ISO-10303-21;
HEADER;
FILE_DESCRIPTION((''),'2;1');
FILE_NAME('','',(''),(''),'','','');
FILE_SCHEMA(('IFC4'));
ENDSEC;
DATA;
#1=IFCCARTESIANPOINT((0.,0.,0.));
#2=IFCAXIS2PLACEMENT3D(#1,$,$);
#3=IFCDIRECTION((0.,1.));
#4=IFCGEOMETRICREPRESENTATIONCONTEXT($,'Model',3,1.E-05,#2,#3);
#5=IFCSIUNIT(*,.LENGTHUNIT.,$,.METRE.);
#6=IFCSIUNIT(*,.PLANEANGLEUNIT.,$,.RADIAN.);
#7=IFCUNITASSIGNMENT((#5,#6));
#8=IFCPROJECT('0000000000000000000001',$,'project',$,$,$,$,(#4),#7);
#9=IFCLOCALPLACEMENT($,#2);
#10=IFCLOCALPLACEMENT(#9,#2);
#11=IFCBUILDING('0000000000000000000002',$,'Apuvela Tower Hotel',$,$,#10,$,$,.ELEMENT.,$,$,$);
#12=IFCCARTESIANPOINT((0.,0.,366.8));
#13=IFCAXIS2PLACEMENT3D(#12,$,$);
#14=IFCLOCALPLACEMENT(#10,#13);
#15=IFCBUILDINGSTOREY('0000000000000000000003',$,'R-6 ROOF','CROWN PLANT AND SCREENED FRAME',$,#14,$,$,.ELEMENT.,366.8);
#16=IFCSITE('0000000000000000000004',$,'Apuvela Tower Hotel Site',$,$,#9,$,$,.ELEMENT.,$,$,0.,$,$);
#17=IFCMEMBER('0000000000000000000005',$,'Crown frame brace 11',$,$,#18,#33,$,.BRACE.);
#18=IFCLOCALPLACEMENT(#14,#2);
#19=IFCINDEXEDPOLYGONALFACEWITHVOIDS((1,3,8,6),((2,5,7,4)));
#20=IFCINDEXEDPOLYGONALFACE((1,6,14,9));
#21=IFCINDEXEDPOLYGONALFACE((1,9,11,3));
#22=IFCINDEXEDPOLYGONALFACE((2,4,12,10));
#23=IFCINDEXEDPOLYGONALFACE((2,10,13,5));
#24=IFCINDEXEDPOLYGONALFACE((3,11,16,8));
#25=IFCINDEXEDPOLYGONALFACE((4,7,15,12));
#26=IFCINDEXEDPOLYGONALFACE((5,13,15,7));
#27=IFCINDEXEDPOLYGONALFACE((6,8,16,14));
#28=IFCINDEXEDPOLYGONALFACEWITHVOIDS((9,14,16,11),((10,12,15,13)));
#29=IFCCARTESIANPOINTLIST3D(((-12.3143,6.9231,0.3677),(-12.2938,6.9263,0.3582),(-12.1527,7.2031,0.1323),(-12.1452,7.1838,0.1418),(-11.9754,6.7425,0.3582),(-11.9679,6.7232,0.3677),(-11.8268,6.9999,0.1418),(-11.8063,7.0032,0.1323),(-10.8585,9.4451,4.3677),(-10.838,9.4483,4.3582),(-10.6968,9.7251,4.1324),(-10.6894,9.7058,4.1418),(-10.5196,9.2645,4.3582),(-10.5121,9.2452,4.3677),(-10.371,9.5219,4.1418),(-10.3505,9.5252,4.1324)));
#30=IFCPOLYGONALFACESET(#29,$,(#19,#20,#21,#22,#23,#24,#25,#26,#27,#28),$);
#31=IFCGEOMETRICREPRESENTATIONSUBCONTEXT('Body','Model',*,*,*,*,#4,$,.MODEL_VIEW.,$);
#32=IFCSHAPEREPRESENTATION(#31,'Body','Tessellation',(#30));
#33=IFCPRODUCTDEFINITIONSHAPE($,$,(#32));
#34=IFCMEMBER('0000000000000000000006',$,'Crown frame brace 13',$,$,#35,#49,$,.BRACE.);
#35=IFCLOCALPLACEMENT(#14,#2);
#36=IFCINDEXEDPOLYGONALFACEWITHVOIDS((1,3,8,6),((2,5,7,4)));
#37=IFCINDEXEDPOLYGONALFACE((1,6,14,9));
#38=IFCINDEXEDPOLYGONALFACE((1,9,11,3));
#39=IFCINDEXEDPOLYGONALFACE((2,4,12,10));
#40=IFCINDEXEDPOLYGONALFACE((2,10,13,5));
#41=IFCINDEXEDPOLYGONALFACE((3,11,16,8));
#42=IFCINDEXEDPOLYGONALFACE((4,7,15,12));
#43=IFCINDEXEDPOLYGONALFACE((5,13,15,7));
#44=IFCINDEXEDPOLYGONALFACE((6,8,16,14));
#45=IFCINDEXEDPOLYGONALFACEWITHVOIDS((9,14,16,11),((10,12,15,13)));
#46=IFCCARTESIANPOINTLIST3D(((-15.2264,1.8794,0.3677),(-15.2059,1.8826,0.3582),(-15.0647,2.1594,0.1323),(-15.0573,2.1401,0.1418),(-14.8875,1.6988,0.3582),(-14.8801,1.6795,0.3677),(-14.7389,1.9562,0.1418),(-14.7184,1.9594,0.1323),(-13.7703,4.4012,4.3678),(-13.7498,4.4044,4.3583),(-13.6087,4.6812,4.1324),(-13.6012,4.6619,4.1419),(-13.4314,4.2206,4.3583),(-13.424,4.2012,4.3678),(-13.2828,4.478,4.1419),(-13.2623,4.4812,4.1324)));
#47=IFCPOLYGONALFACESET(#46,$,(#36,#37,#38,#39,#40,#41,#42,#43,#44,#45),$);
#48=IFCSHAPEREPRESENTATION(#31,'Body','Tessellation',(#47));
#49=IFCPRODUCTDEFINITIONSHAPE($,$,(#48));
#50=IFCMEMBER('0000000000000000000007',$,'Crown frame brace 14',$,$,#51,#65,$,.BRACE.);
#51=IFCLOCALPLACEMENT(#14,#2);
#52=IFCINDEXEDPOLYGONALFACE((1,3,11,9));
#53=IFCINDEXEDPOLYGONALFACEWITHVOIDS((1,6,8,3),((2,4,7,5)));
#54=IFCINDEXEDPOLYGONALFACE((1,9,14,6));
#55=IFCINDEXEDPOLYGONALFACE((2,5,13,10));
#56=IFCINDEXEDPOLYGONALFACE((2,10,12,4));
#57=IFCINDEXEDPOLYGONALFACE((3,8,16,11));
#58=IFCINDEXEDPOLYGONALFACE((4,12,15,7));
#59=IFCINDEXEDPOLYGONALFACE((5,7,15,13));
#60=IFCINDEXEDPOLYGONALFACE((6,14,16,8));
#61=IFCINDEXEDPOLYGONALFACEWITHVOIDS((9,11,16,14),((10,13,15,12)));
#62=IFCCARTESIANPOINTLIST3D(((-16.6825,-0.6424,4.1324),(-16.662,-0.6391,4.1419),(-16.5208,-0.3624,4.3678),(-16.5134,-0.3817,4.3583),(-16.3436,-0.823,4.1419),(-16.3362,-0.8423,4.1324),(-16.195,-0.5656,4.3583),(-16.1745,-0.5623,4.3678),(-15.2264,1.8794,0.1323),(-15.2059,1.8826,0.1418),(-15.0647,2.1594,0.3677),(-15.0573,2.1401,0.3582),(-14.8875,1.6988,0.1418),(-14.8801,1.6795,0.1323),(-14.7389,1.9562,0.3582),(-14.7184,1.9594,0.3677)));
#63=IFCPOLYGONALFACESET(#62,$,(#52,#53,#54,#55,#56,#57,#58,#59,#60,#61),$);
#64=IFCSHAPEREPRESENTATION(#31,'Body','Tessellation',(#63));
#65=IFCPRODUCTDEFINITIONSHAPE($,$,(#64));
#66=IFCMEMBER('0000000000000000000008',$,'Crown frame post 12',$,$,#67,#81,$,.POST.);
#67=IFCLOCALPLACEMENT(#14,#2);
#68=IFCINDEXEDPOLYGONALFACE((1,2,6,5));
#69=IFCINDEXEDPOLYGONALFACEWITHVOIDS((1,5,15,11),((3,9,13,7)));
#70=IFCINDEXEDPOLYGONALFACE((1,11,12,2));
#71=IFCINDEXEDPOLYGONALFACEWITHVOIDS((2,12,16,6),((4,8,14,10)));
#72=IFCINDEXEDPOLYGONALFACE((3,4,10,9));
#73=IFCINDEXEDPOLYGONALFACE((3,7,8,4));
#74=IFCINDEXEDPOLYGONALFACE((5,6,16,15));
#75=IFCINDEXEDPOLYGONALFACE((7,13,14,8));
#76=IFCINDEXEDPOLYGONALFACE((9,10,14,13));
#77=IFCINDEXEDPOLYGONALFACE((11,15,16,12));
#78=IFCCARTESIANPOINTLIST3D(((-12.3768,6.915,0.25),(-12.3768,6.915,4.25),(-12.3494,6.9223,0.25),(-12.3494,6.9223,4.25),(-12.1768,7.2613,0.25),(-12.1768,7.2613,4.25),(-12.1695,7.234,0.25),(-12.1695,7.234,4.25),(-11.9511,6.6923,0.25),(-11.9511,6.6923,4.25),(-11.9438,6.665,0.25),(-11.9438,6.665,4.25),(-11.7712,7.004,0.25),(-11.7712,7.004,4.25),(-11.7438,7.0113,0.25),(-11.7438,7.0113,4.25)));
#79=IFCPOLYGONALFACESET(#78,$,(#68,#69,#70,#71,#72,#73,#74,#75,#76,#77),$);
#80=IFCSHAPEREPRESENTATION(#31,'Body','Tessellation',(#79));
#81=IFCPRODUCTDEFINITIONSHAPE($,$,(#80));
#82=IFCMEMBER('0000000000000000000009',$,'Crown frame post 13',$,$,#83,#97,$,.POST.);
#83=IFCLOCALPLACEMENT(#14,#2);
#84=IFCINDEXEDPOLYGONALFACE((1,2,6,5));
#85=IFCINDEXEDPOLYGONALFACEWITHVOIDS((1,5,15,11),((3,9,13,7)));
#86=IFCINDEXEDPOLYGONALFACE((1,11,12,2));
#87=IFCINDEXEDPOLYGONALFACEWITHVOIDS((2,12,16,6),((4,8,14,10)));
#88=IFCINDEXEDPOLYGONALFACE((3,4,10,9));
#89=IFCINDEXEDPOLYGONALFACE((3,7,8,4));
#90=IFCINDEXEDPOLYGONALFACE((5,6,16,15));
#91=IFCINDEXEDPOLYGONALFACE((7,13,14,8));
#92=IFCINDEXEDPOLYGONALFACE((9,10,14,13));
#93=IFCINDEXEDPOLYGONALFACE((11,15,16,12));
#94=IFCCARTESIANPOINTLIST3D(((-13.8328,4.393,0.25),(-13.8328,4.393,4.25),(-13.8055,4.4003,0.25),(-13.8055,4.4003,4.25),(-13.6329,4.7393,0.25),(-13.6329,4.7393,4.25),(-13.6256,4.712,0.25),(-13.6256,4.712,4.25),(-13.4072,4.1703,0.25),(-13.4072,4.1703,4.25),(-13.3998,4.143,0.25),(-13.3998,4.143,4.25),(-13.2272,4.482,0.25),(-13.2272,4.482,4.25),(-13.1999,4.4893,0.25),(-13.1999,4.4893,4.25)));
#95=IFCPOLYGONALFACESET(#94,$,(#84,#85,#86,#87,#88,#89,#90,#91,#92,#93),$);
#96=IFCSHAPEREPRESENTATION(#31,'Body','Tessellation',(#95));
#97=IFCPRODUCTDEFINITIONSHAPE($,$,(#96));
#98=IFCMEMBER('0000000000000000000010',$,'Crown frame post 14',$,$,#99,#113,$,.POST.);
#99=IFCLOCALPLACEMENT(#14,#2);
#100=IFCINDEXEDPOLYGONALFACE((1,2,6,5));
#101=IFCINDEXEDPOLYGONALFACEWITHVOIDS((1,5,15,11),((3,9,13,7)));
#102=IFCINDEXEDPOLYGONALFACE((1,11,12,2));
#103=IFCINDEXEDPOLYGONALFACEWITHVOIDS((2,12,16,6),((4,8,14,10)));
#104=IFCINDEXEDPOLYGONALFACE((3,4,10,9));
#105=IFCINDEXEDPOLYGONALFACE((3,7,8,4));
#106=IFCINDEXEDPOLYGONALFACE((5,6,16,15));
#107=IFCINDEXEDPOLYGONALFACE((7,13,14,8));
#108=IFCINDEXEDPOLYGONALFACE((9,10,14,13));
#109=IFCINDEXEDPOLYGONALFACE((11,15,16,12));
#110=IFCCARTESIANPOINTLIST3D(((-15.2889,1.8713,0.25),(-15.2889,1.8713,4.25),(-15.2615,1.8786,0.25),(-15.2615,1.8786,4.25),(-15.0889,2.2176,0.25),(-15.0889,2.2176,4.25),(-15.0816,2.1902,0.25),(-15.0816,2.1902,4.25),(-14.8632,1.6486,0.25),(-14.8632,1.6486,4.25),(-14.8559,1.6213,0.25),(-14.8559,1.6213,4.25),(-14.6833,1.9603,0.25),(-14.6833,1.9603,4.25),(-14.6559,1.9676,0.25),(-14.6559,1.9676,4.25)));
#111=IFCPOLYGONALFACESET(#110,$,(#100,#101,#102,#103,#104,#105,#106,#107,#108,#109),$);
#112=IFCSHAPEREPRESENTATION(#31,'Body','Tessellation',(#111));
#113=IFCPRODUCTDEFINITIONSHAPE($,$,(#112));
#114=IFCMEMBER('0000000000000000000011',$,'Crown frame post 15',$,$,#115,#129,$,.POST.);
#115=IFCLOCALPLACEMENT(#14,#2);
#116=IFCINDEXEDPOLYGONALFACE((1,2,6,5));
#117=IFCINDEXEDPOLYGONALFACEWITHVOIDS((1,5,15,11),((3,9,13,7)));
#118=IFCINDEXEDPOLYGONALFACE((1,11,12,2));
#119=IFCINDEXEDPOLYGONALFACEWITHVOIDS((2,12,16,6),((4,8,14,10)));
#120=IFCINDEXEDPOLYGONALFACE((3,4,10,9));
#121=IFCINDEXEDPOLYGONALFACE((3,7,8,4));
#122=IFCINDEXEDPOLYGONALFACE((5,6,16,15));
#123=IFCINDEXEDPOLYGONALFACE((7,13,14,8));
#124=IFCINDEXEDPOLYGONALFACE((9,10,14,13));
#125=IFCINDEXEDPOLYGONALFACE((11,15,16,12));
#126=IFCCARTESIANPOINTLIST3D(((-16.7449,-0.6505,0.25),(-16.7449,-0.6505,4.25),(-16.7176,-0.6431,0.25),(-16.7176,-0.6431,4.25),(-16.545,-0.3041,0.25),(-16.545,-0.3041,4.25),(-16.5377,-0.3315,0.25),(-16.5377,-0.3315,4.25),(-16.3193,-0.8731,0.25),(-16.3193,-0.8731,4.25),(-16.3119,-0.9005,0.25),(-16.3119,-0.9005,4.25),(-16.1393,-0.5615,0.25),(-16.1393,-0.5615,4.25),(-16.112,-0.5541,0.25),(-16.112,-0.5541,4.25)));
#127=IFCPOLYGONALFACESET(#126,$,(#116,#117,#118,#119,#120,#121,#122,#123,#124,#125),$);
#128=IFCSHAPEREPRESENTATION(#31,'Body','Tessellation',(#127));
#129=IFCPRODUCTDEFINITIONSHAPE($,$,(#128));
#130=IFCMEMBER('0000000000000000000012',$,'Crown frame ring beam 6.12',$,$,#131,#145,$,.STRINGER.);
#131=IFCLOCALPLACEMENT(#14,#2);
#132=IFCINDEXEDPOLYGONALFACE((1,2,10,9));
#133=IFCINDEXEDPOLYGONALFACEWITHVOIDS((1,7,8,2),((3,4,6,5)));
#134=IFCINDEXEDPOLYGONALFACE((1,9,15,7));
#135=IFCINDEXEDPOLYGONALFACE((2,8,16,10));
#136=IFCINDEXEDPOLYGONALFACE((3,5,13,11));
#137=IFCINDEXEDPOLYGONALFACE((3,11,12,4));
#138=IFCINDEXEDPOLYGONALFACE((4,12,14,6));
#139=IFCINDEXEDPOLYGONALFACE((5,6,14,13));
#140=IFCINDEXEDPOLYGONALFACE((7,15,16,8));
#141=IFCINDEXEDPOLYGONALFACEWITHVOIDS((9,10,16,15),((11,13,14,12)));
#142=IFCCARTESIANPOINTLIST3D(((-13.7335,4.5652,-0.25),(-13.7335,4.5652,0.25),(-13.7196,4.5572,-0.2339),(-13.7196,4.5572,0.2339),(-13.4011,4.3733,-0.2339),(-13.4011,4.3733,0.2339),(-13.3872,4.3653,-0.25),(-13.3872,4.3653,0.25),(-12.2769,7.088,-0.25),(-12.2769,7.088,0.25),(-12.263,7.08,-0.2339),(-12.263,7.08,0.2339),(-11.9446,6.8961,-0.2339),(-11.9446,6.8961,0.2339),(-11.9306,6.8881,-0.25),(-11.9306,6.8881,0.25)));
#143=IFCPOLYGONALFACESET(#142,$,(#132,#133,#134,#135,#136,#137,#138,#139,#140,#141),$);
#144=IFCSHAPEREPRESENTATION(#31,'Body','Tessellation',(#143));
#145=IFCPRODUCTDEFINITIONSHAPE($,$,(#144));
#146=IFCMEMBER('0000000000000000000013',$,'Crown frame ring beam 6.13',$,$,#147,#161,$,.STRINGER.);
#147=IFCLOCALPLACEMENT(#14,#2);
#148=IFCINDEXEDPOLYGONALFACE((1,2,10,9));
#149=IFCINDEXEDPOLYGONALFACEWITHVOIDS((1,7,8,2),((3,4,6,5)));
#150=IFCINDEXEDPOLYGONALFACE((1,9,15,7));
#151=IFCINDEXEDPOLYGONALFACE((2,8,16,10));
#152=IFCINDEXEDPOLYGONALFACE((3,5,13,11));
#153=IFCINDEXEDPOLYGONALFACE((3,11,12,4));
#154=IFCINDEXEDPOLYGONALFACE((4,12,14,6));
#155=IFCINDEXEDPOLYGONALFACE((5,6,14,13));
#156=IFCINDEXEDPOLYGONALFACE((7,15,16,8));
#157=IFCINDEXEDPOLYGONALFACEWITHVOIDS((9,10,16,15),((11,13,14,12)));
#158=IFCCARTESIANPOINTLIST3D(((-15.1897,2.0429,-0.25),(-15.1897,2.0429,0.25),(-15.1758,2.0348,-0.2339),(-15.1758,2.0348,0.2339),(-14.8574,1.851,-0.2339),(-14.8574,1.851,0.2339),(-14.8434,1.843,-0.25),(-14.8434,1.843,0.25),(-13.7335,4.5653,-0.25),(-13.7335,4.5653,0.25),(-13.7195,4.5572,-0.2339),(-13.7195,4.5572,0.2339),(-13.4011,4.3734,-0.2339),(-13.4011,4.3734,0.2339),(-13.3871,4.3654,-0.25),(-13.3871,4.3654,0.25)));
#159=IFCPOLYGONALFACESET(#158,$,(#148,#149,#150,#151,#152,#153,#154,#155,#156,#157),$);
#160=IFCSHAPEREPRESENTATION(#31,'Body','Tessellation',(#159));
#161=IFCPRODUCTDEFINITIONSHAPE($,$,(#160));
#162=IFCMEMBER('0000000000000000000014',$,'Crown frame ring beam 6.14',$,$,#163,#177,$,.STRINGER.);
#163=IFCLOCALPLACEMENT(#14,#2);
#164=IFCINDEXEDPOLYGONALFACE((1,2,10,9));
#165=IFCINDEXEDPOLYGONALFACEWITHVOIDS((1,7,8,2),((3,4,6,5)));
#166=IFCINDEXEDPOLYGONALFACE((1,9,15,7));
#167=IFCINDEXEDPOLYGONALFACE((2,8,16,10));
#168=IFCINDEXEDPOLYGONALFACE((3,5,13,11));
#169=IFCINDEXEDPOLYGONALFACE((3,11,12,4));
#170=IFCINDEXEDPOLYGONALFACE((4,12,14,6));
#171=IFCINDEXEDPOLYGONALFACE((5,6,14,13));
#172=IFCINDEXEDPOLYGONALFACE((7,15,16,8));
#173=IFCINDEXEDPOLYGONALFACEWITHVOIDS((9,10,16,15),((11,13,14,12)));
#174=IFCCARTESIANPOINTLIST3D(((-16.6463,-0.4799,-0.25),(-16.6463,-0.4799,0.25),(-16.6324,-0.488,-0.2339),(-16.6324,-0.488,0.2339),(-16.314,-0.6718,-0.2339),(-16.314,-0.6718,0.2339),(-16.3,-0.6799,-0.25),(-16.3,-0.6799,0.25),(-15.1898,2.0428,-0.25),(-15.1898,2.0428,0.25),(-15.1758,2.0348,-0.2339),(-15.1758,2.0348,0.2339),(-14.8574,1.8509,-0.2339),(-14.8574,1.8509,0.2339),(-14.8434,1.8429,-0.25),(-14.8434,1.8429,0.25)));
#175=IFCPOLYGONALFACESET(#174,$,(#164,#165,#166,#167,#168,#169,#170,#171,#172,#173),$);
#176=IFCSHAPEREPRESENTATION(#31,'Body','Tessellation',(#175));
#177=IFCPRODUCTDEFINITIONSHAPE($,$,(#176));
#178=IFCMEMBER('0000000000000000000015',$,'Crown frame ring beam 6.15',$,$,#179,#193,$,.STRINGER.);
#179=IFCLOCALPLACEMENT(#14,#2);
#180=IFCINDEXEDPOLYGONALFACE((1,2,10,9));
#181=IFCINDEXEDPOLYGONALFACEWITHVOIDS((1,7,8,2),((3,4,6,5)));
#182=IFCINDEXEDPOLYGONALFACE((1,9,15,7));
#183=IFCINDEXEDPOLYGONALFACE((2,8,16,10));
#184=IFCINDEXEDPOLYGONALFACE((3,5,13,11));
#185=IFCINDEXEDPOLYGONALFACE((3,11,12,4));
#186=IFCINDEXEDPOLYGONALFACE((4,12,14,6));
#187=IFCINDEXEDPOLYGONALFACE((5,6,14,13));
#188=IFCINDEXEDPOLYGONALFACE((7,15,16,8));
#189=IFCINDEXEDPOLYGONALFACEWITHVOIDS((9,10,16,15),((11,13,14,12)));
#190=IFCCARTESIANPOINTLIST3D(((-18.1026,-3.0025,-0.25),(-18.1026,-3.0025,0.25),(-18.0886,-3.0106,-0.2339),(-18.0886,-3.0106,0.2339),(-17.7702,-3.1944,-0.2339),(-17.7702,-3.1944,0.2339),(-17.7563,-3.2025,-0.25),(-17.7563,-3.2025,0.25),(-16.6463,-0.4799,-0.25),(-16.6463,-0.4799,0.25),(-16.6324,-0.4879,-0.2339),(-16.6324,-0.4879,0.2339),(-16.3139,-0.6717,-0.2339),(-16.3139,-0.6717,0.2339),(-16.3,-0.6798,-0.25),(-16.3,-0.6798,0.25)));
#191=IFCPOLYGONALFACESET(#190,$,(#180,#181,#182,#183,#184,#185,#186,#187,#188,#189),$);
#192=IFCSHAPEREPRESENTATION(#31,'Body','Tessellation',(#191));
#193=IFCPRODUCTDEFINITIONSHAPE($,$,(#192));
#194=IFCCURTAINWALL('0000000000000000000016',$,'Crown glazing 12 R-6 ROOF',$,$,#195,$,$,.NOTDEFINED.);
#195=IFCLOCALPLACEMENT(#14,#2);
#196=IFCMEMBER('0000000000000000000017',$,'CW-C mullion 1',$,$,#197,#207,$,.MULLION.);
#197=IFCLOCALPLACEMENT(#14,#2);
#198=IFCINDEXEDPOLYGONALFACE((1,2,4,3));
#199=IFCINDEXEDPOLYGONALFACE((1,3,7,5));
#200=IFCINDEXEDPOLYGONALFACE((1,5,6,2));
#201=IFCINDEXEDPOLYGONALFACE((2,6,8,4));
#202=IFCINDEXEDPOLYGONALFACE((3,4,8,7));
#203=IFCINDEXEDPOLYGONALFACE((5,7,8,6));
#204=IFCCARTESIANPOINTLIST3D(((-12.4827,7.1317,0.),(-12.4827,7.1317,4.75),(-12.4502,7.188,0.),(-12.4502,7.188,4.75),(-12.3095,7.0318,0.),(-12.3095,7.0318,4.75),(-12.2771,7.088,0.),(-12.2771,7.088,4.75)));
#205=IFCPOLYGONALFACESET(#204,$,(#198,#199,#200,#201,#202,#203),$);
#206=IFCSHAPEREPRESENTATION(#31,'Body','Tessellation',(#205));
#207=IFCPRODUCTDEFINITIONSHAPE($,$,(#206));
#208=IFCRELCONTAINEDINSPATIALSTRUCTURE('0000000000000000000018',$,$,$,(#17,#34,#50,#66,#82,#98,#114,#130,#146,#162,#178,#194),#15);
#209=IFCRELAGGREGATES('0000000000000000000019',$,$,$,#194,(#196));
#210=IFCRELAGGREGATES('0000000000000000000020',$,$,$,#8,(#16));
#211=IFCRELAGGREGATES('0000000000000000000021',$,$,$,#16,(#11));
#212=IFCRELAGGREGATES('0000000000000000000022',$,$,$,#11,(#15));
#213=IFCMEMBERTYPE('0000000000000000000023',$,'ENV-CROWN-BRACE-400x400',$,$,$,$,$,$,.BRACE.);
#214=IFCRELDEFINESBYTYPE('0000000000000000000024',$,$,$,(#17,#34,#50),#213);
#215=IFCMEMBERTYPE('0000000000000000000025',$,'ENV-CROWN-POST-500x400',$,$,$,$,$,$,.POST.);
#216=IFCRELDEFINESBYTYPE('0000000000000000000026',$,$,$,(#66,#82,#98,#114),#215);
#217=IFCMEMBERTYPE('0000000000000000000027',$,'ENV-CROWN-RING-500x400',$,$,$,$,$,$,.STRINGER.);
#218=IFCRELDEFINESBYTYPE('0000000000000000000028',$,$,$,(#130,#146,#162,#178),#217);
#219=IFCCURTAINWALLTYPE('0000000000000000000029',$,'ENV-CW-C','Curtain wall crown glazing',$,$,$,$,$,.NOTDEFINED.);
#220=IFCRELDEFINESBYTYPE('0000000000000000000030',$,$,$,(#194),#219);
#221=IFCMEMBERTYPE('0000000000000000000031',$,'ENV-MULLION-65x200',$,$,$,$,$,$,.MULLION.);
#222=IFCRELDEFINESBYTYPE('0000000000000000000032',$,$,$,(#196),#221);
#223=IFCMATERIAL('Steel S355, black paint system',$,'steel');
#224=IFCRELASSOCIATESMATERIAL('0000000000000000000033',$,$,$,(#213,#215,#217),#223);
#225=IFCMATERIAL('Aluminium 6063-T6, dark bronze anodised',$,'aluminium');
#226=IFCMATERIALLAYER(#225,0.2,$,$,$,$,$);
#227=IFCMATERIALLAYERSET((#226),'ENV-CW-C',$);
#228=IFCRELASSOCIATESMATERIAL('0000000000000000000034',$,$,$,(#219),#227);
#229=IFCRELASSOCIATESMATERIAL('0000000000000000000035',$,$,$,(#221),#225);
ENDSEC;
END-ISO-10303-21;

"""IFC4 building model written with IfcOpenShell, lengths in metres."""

from ifc_helpers import new_model, si_unit, direction, frame, origin, origin_2d, place, context, subcontext, project, spatial, rectangle, hollow_rectangle, extrude, material, layer, layer_set, material_profile, profile_set, type_object, element, aggregate, save


model = new_model("IFC4")

# Units and contexts
model_context = context("Model", 3, precision=1e-05, world=origin(), true_north=direction((0.0, 1.0)))
body_context = subcontext(model_context, "Body", "Model", "MODEL_VIEW")
ifc_project = project(units=[si_unit("LENGTHUNIT", "METRE"), si_unit("PLANEANGLEUNIT", "RADIAN")], contexts=[model_context])

# Site, building, storey
site_placement = place(None, origin())
site = spatial("IfcSite", under=ifc_project, at=site_placement, Name="Apuvela Tower Hotel Site", CompositionType="ELEMENT", RefElevation=0.0)
building_placement = place(site_placement, origin())
building = spatial("IfcBuilding", under=site, at=building_placement, Name="Apuvela Tower Hotel", CompositionType="ELEMENT")
storey_placement = place(building_placement, frame((0.0, 0.0, 366.8)))
storey = spatial("IfcBuildingStorey", under=building, at=storey_placement, Name="R-6 ROOF", Description="CROWN PLANT AND SCREENED FRAME", CompositionType="ELEMENT", Elevation=366.8)

# Members
ifc_material_1 = material(Name="Steel S355, black paint system", Category="steel")
ifc_material_profile_1 = material_profile(ifc_material_1, hollow_rectangle(XDim=0.3999, YDim=0.3999, WallThickness=0.0161, at=origin_2d()), Name="HSS 400x400x16")
ifc_profile_set_1 = profile_set([ifc_material_profile_1], Name="Steel S355, black paint system")
member_type_1 = type_object("IfcMemberType", Name="ENV-CROWN-BRACE-400x400", PredefinedType="BRACE", material=ifc_profile_set_1)
for number, where, z_axis, x_axis, name in (
    (1, (-12.0603, 6.9631, 0.25), (0.29424, 0.509726, 0.808457), (-0.866063, 0.499935, 0.0), "Crown frame brace 11"),
    (2, (-14.9724, 1.9194, 0.25), (0.294292, 0.509682, 0.808465), (-0.866005, 0.500035, 0.0), "Crown frame brace 13"),
    (3, (-14.9724, 1.9194, 0.25), (-0.294292, -0.509682, 0.808465), (0.866005, -0.500035, 0.0), "Crown frame brace 14"),
):
    element("IfcMember", number, at=place(storey_placement, frame(where, z_axis=z_axis, x_axis=x_axis)), inside=storey, type_object=member_type_1, Name=name, PredefinedType="BRACE", context=body_context, shape_type="SweptSolid", body=[
        extrude(hollow_rectangle(XDim=0.3999, YDim=0.3999, WallThickness=0.0161, at=origin_2d()), origin(), (0.0, 0.0, 1.0), 4.9478),
    ])
ifc_material_profile_2 = material_profile(ifc_material_1, hollow_rectangle(XDim=0.3999, YDim=0.5, WallThickness=0.02, at=origin_2d()), Name="HSS 500x400x20")
ifc_profile_set_2 = profile_set([ifc_material_profile_2], Name="Steel S355, black paint system")
member_type_2 = type_object("IfcMemberType", Name="ENV-CROWN-POST-500x400", PredefinedType="POST", material=ifc_profile_set_2)
for number, where, z_axis, x_axis, name in (
    (4, (-12.0603, 6.9631, 0.25), (0.0, 0.0, 1.0), (-0.5, -0.866025, 0.0), "Crown frame post 12"),
    (5, (-13.5164, 4.4412, 0.25), (0.0, 0.0, 1.0), (-0.5, -0.866025, 0.0), "Crown frame post 13"),
    (6, (-14.9724, 1.9194, 0.25), (0.0, 0.0, 1.0), (-0.5, -0.866025, 0.0), "Crown frame post 14"),
    (7, (-16.4285, -0.6023, 0.25), (0.0, 0.0, 1.0), (-0.5, -0.866025, 0.0), "Crown frame post 15"),
):
    element("IfcMember", number, at=place(storey_placement, frame(where, z_axis=z_axis, x_axis=x_axis)), inside=storey, type_object=member_type_2, Name=name, PredefinedType="POST", context=body_context, shape_type="SweptSolid", body=[
        extrude(hollow_rectangle(XDim=0.3999, YDim=0.5, WallThickness=0.02, at=origin_2d()), origin(), (0.0, 0.0, 1.0), 4.0),
    ])
ifc_material_profile_3 = material_profile(ifc_material_1, hollow_rectangle(XDim=0.3999, YDim=0.5, WallThickness=0.0161, at=origin_2d()), Name="HSS 500x400x16")
ifc_profile_set_3 = profile_set([ifc_material_profile_3], Name="Steel S355, black paint system")
member_type_3 = type_object("IfcMemberType", Name="ENV-CROWN-RING-500x400", PredefinedType="STRINGER", material=ifc_profile_set_3)
member_1_placement = place(storey_placement, frame((-12.1038, 6.988, 0.0), z_axis=(-0.500015, -0.866017, 0.0), x_axis=(0.866017, -0.500015, 0.0)))
element("IfcMember", 8, at=member_1_placement, inside=storey, type_object=member_type_3, Name="Crown frame ring beam 6.12", PredefinedType="STRINGER", context=body_context, shape_type="SweptSolid", body=[
    extrude(hollow_rectangle(XDim=0.3999, YDim=0.5, WallThickness=0.0161, at=origin_2d()), origin(), (0.0, 0.0, 1.0), 2.9131),
])
member_2_placement = place(storey_placement, frame((-13.5603, 4.4653, 0.0), z_axis=(-0.499988, -0.866032, 0.0), x_axis=(0.866032, -0.499988, 0.0)))
element("IfcMember", 9, at=member_2_placement, inside=storey, type_object=member_type_3, Name="Crown frame ring beam 6.13", PredefinedType="STRINGER", context=body_context, shape_type="SweptSolid", body=[
    extrude(hollow_rectangle(XDim=0.3999, YDim=0.5, WallThickness=0.0161, at=origin_2d()), origin(), (0.0, 0.0, 1.0), 2.9126),
])
member_3_placement = place(storey_placement, frame((-15.0166, 1.9429, 0.0), z_axis=(-0.500015, -0.866017, 0.0), x_axis=(0.866017, -0.500015, 0.0)))
element("IfcMember", 10, at=member_3_placement, inside=storey, type_object=member_type_3, Name="Crown frame ring beam 6.14", PredefinedType="STRINGER", context=body_context, shape_type="SweptSolid", body=[
    extrude(hollow_rectangle(XDim=0.3999, YDim=0.5, WallThickness=0.0161, at=origin_2d()), origin(), (0.0, 0.0, 1.0), 2.9131),
])
member_4_placement = place(storey_placement, frame((-16.4731, -0.5798, 0.0), z_axis=(-0.499952, -0.866053, 0.0), x_axis=(0.866053, -0.499952, 0.0)))
element("IfcMember", 11, at=member_4_placement, inside=storey, type_object=member_type_3, Name="Crown frame ring beam 6.15", PredefinedType="STRINGER", context=body_context, shape_type="SweptSolid", body=[
    extrude(hollow_rectangle(XDim=0.3999, YDim=0.5, WallThickness=0.0161, at=origin_2d()), origin(), (0.0, 0.0, 1.0), 2.9128),
])

# Curtain wall, member
ifc_material_2 = material(Name="Aluminium 6063-T6, dark bronze anodised", Category="aluminium")
ifc_layer_1 = layer(ifc_material_2, 0.2)
ifc_layer_set_1 = layer_set([ifc_layer_1], Name="ENV-CW-C")
curtain_wall_type_1 = type_object("IfcCurtainWallType", Name="ENV-CW-C", Description="Curtain wall crown glazing", PredefinedType="NOTDEFINED", material=ifc_layer_set_1)
curtain_wall_1_placement = place(storey_placement, origin())
curtain_wall_1 = element("IfcCurtainWall", 12, at=curtain_wall_1_placement, inside=storey, type_object=curtain_wall_type_1, Name="Crown glazing 12 R-6 ROOF", PredefinedType="NOTDEFINED")
ifc_material_profile_4 = material_profile(ifc_material_2, rectangle(XDim=0.2, YDim=0.0649, at=origin_2d()), Name="AL 65x200")
ifc_profile_set_4 = profile_set([ifc_material_profile_4], Name="Aluminium 6063-T6, dark bronze anodised")
member_type_4 = type_object("IfcMemberType", Name="ENV-MULLION-65x200", PredefinedType="MULLION", material=ifc_profile_set_4)
member_5_placement = place(storey_placement, frame((-12.3799, 7.1099, 0.0), z_axis=(0.0, 0.0, 1.0), x_axis=(0.866037, -0.499981, 0.0)))
member_5 = element("IfcMember", 13, at=member_5_placement, type_object=member_type_4, Name="CW-C mullion 1", PredefinedType="MULLION", context=body_context, shape_type="SweptSolid", body=[
    extrude(rectangle(XDim=0.2, YDim=0.0649, at=origin_2d()), origin(), (0.0, 0.0, 1.0), 4.75),
])

aggregate(curtain_wall_1, [member_5])

save(model, "model.ifc")
